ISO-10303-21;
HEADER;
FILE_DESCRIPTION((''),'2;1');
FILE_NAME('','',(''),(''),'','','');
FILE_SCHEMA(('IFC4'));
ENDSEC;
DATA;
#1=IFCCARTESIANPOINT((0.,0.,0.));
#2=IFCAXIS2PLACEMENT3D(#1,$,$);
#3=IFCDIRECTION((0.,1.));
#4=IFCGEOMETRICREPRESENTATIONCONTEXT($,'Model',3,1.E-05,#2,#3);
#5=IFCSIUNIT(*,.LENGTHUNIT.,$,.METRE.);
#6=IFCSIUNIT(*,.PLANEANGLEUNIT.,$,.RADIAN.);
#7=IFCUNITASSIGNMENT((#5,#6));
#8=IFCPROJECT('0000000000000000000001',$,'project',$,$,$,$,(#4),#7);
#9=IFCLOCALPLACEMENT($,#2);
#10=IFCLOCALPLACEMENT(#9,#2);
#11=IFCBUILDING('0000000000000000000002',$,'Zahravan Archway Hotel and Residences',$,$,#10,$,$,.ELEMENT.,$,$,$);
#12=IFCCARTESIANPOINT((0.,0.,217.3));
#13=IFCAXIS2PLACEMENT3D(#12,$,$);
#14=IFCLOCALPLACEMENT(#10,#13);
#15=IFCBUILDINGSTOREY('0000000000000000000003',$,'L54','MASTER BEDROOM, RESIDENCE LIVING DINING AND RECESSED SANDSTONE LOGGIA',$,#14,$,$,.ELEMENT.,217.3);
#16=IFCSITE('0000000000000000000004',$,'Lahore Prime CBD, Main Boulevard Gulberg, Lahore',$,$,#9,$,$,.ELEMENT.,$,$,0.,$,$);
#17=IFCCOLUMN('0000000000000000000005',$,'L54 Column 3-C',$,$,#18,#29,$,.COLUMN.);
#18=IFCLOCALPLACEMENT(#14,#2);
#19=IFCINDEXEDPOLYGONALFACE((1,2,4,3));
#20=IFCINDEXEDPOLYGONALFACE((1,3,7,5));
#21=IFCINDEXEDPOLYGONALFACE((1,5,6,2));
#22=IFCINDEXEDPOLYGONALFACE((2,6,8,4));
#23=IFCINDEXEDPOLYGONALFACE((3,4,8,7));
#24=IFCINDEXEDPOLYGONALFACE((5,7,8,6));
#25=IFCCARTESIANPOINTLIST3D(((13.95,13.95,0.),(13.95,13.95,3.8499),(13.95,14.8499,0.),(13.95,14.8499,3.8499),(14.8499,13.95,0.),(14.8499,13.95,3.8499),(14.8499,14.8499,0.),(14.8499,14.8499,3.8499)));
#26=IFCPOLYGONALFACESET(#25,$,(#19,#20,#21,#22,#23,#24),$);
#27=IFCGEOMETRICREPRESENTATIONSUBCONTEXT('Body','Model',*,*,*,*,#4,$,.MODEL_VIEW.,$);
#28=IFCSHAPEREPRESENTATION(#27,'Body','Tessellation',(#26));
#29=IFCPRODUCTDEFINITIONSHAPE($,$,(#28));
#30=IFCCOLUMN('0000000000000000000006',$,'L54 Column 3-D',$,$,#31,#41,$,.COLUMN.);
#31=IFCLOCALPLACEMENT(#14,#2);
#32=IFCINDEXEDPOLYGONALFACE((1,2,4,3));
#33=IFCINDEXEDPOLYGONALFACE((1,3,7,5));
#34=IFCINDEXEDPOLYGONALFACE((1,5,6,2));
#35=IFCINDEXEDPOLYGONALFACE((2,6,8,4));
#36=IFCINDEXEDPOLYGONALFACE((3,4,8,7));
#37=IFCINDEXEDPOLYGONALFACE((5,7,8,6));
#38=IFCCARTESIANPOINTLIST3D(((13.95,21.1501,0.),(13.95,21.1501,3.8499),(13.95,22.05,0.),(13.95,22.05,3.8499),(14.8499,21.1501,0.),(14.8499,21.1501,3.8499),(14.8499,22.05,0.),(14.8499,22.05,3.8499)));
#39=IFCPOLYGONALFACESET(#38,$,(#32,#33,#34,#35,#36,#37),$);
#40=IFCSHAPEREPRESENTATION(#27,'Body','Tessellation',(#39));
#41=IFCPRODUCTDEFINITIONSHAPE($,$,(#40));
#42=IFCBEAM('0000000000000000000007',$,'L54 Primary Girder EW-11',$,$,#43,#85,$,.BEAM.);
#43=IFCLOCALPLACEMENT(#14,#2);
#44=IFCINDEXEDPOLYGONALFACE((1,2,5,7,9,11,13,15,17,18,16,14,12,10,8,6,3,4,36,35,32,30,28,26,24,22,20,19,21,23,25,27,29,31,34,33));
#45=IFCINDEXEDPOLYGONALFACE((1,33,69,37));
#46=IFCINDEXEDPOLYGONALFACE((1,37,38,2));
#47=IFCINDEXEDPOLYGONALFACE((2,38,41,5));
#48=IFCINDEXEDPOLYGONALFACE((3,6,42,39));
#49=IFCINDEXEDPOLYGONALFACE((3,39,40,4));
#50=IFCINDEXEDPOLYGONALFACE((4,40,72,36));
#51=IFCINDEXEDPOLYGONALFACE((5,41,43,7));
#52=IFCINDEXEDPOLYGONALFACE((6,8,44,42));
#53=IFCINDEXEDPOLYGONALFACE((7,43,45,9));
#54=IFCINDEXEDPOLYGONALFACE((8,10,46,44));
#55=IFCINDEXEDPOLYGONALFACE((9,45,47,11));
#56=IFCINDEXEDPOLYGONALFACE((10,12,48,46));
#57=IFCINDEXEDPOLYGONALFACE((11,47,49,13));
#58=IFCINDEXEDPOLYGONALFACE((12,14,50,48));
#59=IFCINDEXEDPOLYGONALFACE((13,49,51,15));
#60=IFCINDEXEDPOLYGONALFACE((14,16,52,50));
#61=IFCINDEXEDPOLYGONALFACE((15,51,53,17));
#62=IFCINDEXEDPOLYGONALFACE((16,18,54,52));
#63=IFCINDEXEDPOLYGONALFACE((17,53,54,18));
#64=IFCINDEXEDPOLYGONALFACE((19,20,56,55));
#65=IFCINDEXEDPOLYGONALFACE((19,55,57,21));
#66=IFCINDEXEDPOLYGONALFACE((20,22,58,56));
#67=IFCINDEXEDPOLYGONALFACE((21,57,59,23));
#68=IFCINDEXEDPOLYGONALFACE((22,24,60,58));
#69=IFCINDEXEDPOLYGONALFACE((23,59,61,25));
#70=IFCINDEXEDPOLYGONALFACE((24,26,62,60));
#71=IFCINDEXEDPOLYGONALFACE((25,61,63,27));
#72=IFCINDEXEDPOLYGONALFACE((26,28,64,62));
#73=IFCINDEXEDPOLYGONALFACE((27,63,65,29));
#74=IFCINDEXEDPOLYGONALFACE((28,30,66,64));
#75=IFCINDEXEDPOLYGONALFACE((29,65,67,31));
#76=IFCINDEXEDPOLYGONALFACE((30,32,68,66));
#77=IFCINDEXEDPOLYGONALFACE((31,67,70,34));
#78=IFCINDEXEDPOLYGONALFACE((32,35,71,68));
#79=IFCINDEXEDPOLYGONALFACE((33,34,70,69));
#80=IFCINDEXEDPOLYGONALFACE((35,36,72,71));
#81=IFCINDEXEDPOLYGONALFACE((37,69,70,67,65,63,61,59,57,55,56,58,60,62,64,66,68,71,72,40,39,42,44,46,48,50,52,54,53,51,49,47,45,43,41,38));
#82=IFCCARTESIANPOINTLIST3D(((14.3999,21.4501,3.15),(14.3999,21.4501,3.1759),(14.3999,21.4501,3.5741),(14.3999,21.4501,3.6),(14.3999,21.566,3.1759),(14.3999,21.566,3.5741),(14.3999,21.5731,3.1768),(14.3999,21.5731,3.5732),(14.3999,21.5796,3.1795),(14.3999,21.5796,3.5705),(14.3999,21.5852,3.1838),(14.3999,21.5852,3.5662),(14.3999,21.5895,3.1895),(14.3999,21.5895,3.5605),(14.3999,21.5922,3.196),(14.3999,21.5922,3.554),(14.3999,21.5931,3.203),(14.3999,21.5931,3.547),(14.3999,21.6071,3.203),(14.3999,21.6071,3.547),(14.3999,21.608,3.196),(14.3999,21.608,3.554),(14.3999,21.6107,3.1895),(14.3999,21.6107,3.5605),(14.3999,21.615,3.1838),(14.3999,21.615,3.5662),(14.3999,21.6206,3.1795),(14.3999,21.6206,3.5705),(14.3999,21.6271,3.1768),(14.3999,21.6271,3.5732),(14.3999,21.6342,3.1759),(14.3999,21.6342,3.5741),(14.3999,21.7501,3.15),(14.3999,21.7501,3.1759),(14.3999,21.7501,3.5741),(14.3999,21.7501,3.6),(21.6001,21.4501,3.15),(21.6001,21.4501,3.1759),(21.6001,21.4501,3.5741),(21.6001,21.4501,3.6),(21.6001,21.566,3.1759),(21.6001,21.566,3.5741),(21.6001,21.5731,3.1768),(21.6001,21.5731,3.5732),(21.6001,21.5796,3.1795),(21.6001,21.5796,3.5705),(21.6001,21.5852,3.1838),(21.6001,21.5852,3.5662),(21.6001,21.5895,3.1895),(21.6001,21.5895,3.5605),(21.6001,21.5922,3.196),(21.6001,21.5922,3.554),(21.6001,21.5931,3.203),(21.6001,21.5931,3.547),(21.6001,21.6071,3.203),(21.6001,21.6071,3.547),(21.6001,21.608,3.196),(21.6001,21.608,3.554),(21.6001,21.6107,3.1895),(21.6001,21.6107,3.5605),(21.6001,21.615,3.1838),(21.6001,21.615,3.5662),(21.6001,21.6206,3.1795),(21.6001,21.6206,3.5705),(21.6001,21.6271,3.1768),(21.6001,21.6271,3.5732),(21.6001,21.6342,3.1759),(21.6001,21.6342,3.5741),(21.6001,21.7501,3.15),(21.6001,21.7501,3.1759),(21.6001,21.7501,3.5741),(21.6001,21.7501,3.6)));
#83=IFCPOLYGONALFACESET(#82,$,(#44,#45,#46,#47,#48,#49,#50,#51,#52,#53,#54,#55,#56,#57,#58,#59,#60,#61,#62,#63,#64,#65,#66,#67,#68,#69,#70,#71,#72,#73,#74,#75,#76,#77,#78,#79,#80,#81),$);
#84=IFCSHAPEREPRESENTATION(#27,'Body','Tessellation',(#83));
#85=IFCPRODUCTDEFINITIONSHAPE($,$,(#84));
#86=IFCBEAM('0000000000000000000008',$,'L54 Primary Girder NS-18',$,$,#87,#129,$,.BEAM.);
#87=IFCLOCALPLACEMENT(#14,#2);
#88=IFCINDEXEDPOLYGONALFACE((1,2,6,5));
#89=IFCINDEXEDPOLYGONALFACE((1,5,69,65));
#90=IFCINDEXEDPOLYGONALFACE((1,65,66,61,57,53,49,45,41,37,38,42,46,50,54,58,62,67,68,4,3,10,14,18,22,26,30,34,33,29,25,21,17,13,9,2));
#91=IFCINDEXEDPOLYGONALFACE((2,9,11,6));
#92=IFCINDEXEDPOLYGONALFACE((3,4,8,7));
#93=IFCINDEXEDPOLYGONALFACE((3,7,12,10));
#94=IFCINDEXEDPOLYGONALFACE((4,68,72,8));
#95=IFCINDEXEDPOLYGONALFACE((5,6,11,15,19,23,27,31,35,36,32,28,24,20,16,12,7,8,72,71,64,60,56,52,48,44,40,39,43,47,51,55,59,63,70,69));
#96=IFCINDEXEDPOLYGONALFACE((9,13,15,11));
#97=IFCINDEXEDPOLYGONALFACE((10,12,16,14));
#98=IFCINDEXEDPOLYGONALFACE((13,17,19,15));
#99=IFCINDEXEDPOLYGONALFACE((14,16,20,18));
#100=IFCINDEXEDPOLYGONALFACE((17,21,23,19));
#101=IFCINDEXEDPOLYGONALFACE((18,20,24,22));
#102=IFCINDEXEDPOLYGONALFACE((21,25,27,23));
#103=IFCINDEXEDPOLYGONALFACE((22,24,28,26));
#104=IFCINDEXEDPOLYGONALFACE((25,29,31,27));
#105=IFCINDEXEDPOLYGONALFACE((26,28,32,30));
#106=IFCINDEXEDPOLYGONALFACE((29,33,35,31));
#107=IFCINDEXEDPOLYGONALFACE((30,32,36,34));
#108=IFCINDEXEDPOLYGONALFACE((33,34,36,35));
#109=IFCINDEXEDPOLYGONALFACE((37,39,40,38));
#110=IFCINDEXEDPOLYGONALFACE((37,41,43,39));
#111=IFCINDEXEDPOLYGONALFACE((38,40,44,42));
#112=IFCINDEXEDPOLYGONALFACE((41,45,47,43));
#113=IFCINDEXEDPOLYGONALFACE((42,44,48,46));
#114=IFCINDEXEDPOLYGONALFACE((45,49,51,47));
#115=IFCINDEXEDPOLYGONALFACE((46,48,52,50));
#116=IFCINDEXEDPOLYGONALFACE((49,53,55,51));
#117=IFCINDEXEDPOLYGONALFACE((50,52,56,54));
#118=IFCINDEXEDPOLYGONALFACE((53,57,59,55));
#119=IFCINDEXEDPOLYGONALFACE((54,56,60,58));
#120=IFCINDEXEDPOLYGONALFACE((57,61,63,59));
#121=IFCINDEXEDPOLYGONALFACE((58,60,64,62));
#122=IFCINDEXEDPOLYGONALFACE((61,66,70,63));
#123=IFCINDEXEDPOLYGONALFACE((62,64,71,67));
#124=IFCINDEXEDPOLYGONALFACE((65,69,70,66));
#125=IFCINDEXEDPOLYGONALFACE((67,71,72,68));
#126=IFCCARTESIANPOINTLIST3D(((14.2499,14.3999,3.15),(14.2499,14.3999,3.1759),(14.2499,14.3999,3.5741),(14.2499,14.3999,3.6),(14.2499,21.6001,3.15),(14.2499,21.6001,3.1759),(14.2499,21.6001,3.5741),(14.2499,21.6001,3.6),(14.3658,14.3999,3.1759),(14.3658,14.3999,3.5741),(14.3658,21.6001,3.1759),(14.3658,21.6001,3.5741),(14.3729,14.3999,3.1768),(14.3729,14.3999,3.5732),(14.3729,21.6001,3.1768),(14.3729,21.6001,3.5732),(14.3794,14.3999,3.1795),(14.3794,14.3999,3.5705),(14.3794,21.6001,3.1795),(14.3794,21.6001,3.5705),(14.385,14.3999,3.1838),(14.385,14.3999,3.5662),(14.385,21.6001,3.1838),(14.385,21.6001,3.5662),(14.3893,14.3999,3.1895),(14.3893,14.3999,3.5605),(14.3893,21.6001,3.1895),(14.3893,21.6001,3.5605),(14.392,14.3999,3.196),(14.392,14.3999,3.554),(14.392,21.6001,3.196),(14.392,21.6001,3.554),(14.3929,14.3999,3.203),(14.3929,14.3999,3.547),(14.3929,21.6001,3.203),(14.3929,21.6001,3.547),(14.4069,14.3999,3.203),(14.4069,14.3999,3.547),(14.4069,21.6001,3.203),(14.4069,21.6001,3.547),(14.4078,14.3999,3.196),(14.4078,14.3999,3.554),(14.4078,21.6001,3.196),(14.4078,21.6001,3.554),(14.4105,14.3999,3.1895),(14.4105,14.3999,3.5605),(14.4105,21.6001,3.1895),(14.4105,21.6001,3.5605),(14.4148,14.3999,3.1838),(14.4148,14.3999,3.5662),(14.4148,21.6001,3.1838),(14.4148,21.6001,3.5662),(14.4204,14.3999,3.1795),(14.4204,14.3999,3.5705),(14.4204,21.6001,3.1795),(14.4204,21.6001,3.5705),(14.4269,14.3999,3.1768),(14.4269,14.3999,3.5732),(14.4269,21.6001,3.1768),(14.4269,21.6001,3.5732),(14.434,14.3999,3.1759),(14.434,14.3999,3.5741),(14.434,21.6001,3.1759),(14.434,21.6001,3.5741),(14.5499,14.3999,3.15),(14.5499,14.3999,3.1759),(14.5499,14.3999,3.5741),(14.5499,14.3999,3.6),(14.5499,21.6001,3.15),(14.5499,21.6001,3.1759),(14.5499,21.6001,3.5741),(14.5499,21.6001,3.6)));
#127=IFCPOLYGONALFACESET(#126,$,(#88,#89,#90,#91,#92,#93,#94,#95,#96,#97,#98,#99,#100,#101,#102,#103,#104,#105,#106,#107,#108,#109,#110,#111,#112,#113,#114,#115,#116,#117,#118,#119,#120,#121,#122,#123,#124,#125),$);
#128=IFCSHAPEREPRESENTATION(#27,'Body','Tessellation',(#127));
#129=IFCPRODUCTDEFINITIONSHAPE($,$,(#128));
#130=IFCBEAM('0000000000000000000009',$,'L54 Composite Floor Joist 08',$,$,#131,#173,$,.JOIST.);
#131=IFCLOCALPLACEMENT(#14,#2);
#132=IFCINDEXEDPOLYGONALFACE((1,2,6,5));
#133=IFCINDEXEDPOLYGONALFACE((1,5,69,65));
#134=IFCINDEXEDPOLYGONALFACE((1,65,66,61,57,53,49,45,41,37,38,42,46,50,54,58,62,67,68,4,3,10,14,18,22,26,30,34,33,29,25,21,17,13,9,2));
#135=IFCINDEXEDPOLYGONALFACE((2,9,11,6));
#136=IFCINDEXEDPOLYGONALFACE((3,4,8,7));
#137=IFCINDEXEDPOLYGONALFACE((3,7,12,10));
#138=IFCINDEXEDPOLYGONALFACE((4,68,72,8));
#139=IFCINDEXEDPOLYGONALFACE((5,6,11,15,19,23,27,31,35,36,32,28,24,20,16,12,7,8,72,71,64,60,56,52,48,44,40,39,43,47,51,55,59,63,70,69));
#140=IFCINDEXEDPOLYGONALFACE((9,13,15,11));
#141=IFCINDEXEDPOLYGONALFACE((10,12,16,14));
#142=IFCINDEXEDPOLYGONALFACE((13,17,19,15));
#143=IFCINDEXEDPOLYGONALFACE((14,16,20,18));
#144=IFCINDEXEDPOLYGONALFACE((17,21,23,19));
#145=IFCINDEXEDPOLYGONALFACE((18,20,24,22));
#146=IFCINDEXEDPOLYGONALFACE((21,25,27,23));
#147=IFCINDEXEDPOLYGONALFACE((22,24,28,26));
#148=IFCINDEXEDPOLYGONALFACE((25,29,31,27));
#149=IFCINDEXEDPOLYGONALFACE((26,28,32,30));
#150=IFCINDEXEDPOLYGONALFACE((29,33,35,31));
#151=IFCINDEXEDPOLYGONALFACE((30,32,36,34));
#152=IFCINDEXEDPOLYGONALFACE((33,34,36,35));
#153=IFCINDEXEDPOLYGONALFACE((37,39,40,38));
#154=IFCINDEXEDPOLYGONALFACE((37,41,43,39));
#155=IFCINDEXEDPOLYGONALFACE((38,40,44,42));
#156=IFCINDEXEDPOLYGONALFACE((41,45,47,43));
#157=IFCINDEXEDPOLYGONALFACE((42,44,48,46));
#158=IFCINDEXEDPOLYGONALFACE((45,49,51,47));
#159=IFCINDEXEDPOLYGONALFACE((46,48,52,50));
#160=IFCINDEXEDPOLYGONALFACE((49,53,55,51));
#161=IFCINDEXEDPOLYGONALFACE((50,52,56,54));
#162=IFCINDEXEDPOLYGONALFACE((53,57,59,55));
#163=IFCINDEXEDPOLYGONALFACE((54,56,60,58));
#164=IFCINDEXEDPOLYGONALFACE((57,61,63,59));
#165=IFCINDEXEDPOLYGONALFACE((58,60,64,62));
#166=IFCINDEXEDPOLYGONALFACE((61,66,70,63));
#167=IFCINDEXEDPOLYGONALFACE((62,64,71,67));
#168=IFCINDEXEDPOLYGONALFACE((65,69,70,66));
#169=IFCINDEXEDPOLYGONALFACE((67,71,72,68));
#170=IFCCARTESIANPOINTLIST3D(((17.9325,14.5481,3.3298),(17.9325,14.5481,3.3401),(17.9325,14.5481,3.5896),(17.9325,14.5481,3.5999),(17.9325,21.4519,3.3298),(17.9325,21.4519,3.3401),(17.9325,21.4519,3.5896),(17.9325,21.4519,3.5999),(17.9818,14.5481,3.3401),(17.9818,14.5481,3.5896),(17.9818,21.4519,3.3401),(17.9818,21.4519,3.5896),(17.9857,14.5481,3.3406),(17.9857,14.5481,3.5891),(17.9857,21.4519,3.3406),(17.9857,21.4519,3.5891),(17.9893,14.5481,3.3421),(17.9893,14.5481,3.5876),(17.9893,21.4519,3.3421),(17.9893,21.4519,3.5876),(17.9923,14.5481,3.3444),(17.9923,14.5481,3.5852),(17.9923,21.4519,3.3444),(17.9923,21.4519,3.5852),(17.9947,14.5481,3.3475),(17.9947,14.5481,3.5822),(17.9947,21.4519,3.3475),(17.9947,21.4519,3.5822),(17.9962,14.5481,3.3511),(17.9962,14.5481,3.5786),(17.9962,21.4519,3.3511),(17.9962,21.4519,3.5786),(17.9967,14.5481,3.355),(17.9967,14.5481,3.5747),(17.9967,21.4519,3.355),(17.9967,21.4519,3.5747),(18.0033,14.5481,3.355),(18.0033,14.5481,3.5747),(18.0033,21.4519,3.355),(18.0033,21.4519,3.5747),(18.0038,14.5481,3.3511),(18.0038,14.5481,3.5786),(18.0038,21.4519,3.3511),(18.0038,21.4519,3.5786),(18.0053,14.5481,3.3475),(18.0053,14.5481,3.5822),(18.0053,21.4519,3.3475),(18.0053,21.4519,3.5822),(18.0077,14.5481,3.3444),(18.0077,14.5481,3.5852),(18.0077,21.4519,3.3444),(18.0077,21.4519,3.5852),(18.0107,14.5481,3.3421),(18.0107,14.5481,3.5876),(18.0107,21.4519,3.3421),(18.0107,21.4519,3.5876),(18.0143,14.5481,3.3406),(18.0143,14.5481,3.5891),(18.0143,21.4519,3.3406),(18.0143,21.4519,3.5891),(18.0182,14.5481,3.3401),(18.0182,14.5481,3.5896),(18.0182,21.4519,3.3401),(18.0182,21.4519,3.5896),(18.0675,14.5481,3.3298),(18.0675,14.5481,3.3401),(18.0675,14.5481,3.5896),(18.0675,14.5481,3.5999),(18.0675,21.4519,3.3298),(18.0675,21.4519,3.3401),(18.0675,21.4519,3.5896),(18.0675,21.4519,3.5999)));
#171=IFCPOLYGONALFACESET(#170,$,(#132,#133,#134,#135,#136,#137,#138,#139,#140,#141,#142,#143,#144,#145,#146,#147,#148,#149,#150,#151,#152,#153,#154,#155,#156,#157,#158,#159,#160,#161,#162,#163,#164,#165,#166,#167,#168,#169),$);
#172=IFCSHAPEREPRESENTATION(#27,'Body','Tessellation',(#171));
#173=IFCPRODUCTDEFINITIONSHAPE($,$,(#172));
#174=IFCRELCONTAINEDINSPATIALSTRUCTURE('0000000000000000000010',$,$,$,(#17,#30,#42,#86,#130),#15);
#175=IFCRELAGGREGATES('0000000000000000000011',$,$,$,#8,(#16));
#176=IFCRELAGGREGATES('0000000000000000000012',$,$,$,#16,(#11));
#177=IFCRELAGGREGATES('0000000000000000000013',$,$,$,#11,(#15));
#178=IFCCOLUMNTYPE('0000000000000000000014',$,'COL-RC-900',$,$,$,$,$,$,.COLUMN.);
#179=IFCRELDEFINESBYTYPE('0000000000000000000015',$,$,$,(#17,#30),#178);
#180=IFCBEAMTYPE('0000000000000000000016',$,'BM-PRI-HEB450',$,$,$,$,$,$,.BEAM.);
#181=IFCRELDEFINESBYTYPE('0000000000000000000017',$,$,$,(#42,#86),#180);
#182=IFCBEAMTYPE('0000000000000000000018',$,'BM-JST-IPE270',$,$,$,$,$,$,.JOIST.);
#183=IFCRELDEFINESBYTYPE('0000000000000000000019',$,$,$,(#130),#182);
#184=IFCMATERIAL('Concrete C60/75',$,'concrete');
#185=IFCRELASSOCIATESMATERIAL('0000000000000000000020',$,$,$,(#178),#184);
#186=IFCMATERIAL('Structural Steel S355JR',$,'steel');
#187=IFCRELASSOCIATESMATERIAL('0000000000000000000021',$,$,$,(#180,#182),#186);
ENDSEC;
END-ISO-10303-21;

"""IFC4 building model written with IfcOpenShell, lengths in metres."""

from ifc_helpers import new_model, si_unit, direction, frame, origin, origin_2d, place, context, subcontext, project, spatial, rectangle, i_section, extrude, source, transform, mapped, material, material_profile, profile_set, type_object, type_shapes, element, save


model = new_model("IFC4")

# Units and contexts
model_context = context("Model", 3, precision=1e-05, world=origin(), true_north=direction((0.0, 1.0)))
body_context = subcontext(model_context, "Body", "Model", "MODEL_VIEW")
ifc_project = project(units=[si_unit("LENGTHUNIT", "METRE"), si_unit("PLANEANGLEUNIT", "RADIAN")], contexts=[model_context])

# Site, building, storey
site_placement = place(None, origin())
site = spatial("IfcSite", under=ifc_project, at=site_placement, Name="Lahore Prime CBD, Main Boulevard Gulberg, Lahore", CompositionType="ELEMENT", RefElevation=0.0)
building_placement = place(site_placement, origin())
building = spatial("IfcBuilding", under=site, at=building_placement, Name="Zahravan Archway Hotel and Residences", CompositionType="ELEMENT")
storey_placement = place(building_placement, frame((0.0, 0.0, 217.3)))
storey = spatial("IfcBuildingStorey", under=building, at=storey_placement, Name="L54", Description="MASTER BEDROOM, RESIDENCE LIVING DINING AND RECESSED SANDSTONE LOGGIA", CompositionType="ELEMENT", Elevation=217.3)

# Columns
ifc_material_1 = material(Name="Concrete C60/75", Category="concrete")
ifc_material_profile_1 = material_profile(ifc_material_1, rectangle(XDim=0.8999, YDim=0.8999, at=origin_2d()), Name="RC-COL-900x900", Category="concrete")
ifc_profile_set_1 = profile_set([ifc_material_profile_1], Name="Concrete C60/75")
column_type = type_object("IfcColumnType", Name="COL-RC-900", PredefinedType="COLUMN", material=ifc_profile_set_1)
shared_shape_1 = source(origin(), body_context, "Body", "SweptSolid", [
    extrude(rectangle(XDim=0.8999, YDim=0.8999, at=origin_2d()), origin(), (0.0, 0.0, 1.0), 3.8499),
])
for number, where, z_axis, x_axis, name in (
    (1, (14.3999, 14.3999, 0.0), (0.0, 0.0, 1.0), (1.0, 0.0, 0.0), "L54 Column 3-C"),
    (2, (14.3999, 21.6001, 0.0), (0.0, 0.0, 1.0), (1.0, 0.0, 0.0), "L54 Column 3-D"),
):
    element("IfcColumn", number, at=place(storey_placement, frame(where, z_axis=z_axis, x_axis=x_axis)), inside=storey, type_object=column_type, Name=name, PredefinedType="COLUMN", context=body_context, shape_type="MappedRepresentation", body=[
        mapped(shared_shape_1, transform((0.0, 0.0, 0.0), scale=1.0)),
    ])

# Beams
ifc_material_2 = material(Name="Structural Steel S355JR", Category="steel")
ifc_material_profile_2 = material_profile(ifc_material_2, i_section(OverallWidth=0.3, OverallDepth=0.45, WebThickness=0.0139, FlangeThickness=0.0259, FilletRadius=0.0271, at=origin_2d()), Name="HEB 450", Category="steel")
ifc_profile_set_2 = profile_set([ifc_material_profile_2], Name="Structural Steel S355JR")
beam_type_1 = type_object("IfcBeamType", Name="BM-PRI-HEB450", PredefinedType="BEAM", material=ifc_profile_set_2)
shared_shape_2 = source(origin(), body_context, "Body", "SweptSolid", [
    extrude(i_section(OverallWidth=0.3, OverallDepth=0.45, WebThickness=0.0139, FlangeThickness=0.0259, FilletRadius=0.0271, at=origin_2d()), origin(), (0.0, 0.0, 1.0), 7.2002),
])
type_shapes(beam_type_1, [shared_shape_2])
for number, where, z_axis, x_axis, name in (
    (3, (14.3999, 21.6001, 3.375), (1.0, 0.0, 0.0), (0.0, 1.0, 0.0), "L54 Primary Girder EW-11"),
    (4, (14.3999, 14.3999, 3.375), (0.0, 1.0, 0.0), (-1.0, 0.0, 0.0), "L54 Primary Girder NS-18"),
):
    element("IfcBeam", number, at=place(storey_placement, frame(where, z_axis=z_axis, x_axis=x_axis)), inside=storey, type_object=beam_type_1, Name=name, PredefinedType="BEAM", context=body_context, shape_type="MappedRepresentation", body=[
        mapped(shared_shape_2, transform((0.0, 0.0, 0.0), scale=1.0)),
    ])
ifc_material_profile_3 = material_profile(ifc_material_2, i_section(OverallWidth=0.135, OverallDepth=0.27, WebThickness=0.0066, FlangeThickness=0.0103, FilletRadius=0.0149, at=origin_2d()), Name="IPE 270", Category="steel")
ifc_profile_set_3 = profile_set([ifc_material_profile_3], Name="Structural Steel S355JR")
beam_type_2 = type_object("IfcBeamType", Name="BM-JST-IPE270", PredefinedType="JOIST", material=ifc_profile_set_3)
shared_shape_3 = source(origin(), body_context, "Body", "SweptSolid", [
    extrude(i_section(OverallWidth=0.135, OverallDepth=0.27, WebThickness=0.0066, FlangeThickness=0.0103, FilletRadius=0.0149, at=origin_2d()), origin(), (0.0, 0.0, 1.0), 6.9038),
])
beam_1_placement = place(storey_placement, frame((18.0, 14.5481, 3.4648), z_axis=(0.0, 1.0, 0.0), x_axis=(-1.0, 0.0, 0.0)))
element("IfcBeam", 5, at=beam_1_placement, inside=storey, type_object=beam_type_2, Name="L54 Composite Floor Joist 08", PredefinedType="JOIST", context=body_context, shape_type="MappedRepresentation", body=[
    mapped(shared_shape_3, transform((0.0, 0.0, 0.0), scale=1.0)),
])

save(model, "model.ifc")
